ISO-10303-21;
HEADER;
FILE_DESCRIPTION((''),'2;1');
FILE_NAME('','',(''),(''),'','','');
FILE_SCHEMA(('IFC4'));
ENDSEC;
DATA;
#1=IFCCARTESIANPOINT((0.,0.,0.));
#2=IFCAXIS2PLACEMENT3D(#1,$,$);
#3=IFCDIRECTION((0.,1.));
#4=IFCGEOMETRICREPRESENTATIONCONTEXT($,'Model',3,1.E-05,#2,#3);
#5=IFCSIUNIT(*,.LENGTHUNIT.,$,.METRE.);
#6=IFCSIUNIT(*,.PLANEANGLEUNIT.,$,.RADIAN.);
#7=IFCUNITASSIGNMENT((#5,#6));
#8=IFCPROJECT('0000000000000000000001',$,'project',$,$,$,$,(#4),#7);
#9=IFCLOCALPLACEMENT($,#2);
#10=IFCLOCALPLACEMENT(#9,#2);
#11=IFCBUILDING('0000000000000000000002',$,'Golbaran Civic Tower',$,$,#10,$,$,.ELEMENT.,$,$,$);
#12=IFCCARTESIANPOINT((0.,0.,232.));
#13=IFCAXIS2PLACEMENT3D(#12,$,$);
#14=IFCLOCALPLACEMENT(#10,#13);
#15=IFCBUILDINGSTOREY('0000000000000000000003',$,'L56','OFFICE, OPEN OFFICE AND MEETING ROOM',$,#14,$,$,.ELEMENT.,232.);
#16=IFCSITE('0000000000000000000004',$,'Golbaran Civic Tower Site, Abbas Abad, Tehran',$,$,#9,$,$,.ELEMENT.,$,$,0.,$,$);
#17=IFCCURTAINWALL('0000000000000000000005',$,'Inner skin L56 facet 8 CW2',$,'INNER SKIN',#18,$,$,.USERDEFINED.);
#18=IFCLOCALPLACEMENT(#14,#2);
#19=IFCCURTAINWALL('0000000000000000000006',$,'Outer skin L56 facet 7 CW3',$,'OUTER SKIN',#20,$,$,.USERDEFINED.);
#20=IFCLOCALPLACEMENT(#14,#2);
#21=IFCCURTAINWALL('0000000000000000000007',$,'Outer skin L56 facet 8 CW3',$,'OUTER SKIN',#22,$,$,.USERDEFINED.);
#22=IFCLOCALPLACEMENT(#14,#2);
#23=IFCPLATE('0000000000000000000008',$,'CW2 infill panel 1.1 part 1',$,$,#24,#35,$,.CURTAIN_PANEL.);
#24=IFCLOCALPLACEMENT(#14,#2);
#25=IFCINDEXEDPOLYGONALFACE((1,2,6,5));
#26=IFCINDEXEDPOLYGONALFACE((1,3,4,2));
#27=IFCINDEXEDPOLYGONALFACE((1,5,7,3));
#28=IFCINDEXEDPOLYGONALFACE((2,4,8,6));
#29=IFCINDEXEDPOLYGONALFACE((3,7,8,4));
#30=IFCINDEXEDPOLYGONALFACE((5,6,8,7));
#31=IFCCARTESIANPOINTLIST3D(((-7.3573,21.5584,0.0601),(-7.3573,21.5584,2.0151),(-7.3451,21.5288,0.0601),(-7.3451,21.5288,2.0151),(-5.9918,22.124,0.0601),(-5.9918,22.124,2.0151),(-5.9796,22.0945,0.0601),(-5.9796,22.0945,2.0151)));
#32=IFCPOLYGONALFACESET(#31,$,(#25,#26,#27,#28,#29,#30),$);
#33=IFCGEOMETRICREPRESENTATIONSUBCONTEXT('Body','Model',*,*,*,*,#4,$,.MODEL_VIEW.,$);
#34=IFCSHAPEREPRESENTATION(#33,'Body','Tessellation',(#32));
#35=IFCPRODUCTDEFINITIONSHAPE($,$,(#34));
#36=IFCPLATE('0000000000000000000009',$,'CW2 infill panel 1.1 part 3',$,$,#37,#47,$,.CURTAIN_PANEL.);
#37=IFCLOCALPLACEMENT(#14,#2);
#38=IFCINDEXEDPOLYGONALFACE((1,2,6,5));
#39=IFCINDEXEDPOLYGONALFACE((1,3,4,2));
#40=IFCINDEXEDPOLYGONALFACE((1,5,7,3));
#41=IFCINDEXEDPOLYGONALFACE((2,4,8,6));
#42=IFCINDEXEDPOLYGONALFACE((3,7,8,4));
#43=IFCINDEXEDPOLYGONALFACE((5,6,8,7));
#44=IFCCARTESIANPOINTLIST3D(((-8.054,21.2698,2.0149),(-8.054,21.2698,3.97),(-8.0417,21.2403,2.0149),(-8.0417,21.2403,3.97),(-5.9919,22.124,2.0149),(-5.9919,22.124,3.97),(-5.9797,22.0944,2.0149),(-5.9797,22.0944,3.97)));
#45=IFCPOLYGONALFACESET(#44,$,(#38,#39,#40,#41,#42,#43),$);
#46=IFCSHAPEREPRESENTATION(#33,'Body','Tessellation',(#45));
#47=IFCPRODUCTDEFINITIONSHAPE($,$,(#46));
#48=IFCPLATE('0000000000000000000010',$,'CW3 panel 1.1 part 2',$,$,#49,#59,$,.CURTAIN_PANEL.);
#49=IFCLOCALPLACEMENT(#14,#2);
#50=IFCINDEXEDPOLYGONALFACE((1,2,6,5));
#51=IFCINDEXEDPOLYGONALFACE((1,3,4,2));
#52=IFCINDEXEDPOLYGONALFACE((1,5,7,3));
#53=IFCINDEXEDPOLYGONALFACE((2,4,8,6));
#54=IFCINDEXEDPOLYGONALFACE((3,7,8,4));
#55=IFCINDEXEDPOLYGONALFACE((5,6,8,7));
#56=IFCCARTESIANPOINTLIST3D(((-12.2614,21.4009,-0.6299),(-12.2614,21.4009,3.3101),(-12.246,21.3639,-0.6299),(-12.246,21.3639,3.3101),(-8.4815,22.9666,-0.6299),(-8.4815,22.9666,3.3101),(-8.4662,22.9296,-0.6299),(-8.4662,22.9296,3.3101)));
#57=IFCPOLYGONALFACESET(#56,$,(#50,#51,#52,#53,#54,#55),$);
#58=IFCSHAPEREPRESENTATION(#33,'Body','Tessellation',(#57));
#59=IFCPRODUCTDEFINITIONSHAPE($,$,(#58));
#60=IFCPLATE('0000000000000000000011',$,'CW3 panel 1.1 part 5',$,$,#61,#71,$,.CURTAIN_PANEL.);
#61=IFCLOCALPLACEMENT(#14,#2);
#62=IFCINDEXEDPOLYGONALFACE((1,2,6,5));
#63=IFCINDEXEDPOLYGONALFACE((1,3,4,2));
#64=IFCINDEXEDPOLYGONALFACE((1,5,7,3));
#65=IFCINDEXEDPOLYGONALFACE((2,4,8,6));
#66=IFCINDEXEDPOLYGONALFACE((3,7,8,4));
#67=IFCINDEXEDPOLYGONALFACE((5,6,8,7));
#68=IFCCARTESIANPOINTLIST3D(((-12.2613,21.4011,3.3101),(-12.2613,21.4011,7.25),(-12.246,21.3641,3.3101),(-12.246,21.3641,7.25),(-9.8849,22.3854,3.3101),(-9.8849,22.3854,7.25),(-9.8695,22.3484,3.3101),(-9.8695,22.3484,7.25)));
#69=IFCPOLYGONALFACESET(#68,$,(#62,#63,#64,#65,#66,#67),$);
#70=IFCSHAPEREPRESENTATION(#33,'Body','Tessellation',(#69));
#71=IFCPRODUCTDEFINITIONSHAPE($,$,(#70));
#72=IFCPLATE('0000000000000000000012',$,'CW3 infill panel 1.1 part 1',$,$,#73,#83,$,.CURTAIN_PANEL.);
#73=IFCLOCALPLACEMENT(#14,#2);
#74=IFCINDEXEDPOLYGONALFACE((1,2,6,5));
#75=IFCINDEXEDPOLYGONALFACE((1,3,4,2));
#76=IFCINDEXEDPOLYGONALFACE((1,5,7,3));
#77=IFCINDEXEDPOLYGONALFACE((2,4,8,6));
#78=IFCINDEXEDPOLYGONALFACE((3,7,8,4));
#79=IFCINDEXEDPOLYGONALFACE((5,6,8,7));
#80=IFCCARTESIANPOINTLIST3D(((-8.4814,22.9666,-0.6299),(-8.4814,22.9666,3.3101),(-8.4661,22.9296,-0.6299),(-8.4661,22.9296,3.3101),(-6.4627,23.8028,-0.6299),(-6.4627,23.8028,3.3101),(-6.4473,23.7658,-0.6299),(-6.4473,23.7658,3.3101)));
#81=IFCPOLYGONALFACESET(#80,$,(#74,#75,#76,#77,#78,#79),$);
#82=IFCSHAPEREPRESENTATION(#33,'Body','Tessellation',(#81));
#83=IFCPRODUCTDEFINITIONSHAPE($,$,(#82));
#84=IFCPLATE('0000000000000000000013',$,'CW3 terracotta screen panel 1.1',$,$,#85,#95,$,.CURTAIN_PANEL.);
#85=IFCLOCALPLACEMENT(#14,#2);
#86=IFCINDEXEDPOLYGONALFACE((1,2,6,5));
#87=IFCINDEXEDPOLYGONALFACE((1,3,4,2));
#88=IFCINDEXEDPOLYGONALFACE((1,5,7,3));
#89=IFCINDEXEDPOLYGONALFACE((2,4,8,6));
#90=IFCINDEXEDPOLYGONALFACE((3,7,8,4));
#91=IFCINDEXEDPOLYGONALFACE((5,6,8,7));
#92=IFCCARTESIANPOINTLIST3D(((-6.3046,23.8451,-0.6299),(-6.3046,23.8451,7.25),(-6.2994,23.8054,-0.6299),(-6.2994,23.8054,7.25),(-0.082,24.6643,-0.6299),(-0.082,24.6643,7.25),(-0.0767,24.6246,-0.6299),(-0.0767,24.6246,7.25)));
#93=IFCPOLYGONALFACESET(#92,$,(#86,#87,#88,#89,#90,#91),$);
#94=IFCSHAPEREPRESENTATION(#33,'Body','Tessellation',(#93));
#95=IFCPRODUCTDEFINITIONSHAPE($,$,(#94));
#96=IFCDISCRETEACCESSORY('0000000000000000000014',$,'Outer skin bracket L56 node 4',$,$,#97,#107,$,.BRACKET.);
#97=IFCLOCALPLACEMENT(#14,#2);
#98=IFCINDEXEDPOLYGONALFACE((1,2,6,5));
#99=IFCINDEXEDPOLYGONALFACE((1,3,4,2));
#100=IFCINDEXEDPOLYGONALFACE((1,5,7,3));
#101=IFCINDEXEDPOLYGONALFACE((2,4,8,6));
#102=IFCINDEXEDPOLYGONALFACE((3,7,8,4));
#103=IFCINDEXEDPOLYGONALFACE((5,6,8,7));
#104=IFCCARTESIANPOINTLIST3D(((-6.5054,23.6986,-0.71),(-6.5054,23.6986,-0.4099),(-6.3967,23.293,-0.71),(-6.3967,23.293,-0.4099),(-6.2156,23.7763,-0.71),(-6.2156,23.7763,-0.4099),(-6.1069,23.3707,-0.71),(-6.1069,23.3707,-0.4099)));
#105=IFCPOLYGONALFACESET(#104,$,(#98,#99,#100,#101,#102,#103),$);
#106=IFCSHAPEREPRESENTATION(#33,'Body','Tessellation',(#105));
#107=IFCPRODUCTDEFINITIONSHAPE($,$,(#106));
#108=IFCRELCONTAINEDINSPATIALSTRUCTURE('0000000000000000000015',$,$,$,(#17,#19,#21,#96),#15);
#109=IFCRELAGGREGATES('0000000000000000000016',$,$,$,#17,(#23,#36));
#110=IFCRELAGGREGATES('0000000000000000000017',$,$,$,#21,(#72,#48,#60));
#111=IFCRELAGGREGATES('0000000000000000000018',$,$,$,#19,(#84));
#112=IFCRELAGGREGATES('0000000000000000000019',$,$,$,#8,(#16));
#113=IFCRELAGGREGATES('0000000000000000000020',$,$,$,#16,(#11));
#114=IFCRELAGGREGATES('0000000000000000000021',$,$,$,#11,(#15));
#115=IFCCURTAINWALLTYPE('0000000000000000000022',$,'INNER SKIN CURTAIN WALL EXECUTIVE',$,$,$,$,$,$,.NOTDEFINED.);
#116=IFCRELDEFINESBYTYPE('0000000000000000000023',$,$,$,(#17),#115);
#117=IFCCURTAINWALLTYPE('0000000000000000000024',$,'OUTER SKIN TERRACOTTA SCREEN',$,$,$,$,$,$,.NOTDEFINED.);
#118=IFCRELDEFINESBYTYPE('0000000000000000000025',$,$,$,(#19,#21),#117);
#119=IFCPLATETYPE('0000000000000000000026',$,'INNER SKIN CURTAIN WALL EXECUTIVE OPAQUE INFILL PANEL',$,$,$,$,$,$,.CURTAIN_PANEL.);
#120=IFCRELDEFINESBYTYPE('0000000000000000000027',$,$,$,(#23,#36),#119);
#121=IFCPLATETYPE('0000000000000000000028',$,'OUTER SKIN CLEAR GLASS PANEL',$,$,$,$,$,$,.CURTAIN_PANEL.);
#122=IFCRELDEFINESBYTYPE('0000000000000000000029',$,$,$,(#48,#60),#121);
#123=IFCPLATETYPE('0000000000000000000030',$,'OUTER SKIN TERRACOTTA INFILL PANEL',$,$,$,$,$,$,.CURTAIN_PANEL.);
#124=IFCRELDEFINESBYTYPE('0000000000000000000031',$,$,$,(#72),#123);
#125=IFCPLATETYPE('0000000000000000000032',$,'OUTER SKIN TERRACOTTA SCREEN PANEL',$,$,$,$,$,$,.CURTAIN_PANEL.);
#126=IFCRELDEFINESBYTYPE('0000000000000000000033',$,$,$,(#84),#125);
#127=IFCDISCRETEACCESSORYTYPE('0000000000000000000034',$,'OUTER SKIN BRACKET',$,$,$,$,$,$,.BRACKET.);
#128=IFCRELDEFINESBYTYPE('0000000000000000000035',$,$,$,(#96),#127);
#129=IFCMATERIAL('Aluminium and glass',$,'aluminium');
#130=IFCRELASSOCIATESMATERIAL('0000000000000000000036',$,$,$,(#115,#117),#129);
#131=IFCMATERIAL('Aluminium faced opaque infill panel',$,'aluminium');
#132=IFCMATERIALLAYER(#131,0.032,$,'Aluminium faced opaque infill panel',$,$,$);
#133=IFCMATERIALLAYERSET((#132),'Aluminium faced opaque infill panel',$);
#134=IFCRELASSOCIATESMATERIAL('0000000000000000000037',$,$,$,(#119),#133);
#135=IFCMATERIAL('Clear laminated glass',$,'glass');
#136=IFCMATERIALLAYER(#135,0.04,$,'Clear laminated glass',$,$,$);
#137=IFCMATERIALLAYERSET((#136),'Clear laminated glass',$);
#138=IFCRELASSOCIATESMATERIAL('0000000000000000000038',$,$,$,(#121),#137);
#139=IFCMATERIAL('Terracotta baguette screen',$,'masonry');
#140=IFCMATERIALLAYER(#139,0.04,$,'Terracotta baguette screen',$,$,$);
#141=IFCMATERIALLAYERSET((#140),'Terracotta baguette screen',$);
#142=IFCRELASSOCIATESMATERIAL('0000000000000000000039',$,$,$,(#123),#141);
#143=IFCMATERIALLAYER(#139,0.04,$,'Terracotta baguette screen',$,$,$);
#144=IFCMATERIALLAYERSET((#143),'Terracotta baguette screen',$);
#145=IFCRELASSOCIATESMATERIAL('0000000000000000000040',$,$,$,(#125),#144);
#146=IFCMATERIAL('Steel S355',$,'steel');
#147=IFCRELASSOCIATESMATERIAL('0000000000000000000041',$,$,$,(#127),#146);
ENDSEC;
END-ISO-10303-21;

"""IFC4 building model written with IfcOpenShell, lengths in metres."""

from ifc_helpers import new_model, si_unit, direction, frame, origin, origin_2d, place, context, subcontext, project, spatial, rectangle, extrude, material, layer, layer_set, type_object, element, aggregate, save


model = new_model("IFC4")

# Units and contexts
model_context = context("Model", 3, precision=1e-05, world=origin(), true_north=direction((0.0, 1.0)))
body_context = subcontext(model_context, "Body", "Model", "MODEL_VIEW")
ifc_project = project(units=[si_unit("LENGTHUNIT", "METRE"), si_unit("PLANEANGLEUNIT", "RADIAN")], contexts=[model_context])

# Site, building, storey
site_placement = place(None, origin())
site = spatial("IfcSite", under=ifc_project, at=site_placement, Name="Golbaran Civic Tower Site, Abbas Abad, Tehran", CompositionType="ELEMENT", RefElevation=0.0)
building_placement = place(site_placement, origin())
building = spatial("IfcBuilding", under=site, at=building_placement, Name="Golbaran Civic Tower", CompositionType="ELEMENT")
storey_placement = place(building_placement, frame((0.0, 0.0, 232.0)))
storey = spatial("IfcBuildingStorey", under=building, at=storey_placement, Name="L56", Description="OFFICE, OPEN OFFICE AND MEETING ROOM", CompositionType="ELEMENT", Elevation=232.0)

# Shared definitions
ifc_material_1 = material(Name="Steel S355", Category="steel")

# Shared definitions
ifc_material_2 = material(Name="Aluminium and glass", Category="aluminium")
curtain_wall_type_1 = type_object("IfcCurtainWallType", Name="INNER SKIN CURTAIN WALL EXECUTIVE", PredefinedType="NOTDEFINED", material=ifc_material_2)

# Curtain wall
curtain_wall_1_placement = place(storey_placement, origin())
curtain_wall_1 = element("IfcCurtainWall", 1, at=curtain_wall_1_placement, inside=storey, type_object=curtain_wall_type_1, Name="Inner skin L56 facet 8 CW2", ObjectType="INNER SKIN", PredefinedType="USERDEFINED")

# Curtain walls
curtain_wall_type_2 = type_object("IfcCurtainWallType", Name="OUTER SKIN TERRACOTTA SCREEN", PredefinedType="NOTDEFINED", material=ifc_material_2)
curtain_wall_2_placement = place(storey_placement, origin())
curtain_wall_2 = element("IfcCurtainWall", 2, at=curtain_wall_2_placement, inside=storey, type_object=curtain_wall_type_2, Name="Outer skin L56 facet 7 CW3", ObjectType="OUTER SKIN", PredefinedType="USERDEFINED")
curtain_wall_3_placement = place(storey_placement, origin())
curtain_wall_3 = element("IfcCurtainWall", 3, at=curtain_wall_3_placement, inside=storey, type_object=curtain_wall_type_2, Name="Outer skin L56 facet 8 CW3", ObjectType="OUTER SKIN", PredefinedType="USERDEFINED")

# Plates
ifc_material_3 = material(Name="Aluminium faced opaque infill panel", Category="aluminium")
ifc_layer_1 = layer(ifc_material_3, 0.032, Name="Aluminium faced opaque infill panel")
ifc_layer_set_1 = layer_set([ifc_layer_1], Name="Aluminium faced opaque infill panel")
plate_type_1 = type_object("IfcPlateType", Name="INNER SKIN CURTAIN WALL EXECUTIVE OPAQUE INFILL PANEL", PredefinedType="CURTAIN_PANEL", material=ifc_layer_set_1)
plate_1_placement = place(storey_placement, frame((-6.6685, 21.8264, 0.0601), z_axis=(0.0, 0.0, 1.0), x_axis=(-0.92388, -0.382683, 0.0)))
plate_1 = element("IfcPlate", 4, at=plate_1_placement, type_object=plate_type_1, Name="CW2 infill panel 1.1 part 1", PredefinedType="CURTAIN_PANEL", context=body_context, shape_type="SweptSolid", body=[
    extrude(rectangle(XDim=1.478, YDim=0.032, at=origin_2d()), origin(), (0.0, 0.0, 1.0), 1.9551),
])
plate_2_placement = place(storey_placement, frame((-7.0168, 21.6821, 2.0149), z_axis=(0.0, 0.0, 1.0), x_axis=(-0.92388, -0.382683, 0.0)))
plate_2 = element("IfcPlate", 5, at=plate_2_placement, type_object=plate_type_1, Name="CW2 infill panel 1.1 part 3", PredefinedType="CURTAIN_PANEL", context=body_context, shape_type="SweptSolid", body=[
    extrude(rectangle(XDim=2.2319, YDim=0.032, at=origin_2d()), origin(), (0.0, 0.0, 1.0), 1.9551),
])
aggregate(curtain_wall_1, [plate_1, plate_2])
ifc_material_4 = material(Name="Clear laminated glass", Category="glass")
ifc_layer_2 = layer(ifc_material_4, 0.04, Name="Clear laminated glass")
ifc_layer_set_2 = layer_set([ifc_layer_2], Name="Clear laminated glass")
plate_type_2 = type_object("IfcPlateType", Name="OUTER SKIN CLEAR GLASS PANEL", PredefinedType="CURTAIN_PANEL", material=ifc_layer_set_2)
plate_3_placement = place(storey_placement, frame((-10.3638, 22.1653, -0.6299), z_axis=(0.0, 0.0, 1.0), x_axis=(-0.92388, -0.382683, 0.0)))
plate_3 = element("IfcPlate", 6, at=plate_3_placement, type_object=plate_type_2, Name="CW3 panel 1.1 part 2", PredefinedType="CURTAIN_PANEL", context=body_context, shape_type="SweptSolid", body=[
    extrude(rectangle(XDim=4.0913, YDim=0.04, at=origin_2d()), origin(), (0.0, 0.0, 1.0), 3.9399),
])
plate_4_placement = place(storey_placement, frame((-11.0654, 21.8748, 3.3101), z_axis=(0.0, 0.0, 1.0), x_axis=(-0.92388, -0.382683, 0.0)))
plate_4 = element("IfcPlate", 7, at=plate_4_placement, type_object=plate_type_2, Name="CW3 panel 1.1 part 5", PredefinedType="CURTAIN_PANEL", context=body_context, shape_type="SweptSolid", body=[
    extrude(rectangle(XDim=2.5723, YDim=0.04, at=origin_2d()), origin(), (0.0, 0.0, 1.0), 3.9399),
])
ifc_material_5 = material(Name="Terracotta baguette screen", Category="masonry")
ifc_layer_3 = layer(ifc_material_5, 0.04, Name="Terracotta baguette screen")
ifc_layer_set_3 = layer_set([ifc_layer_3], Name="Terracotta baguette screen")
plate_type_3 = type_object("IfcPlateType", Name="OUTER SKIN TERRACOTTA INFILL PANEL", PredefinedType="CURTAIN_PANEL", material=ifc_layer_set_3)
plate_5_placement = place(storey_placement, frame((-7.4644, 23.3662, -0.6299), z_axis=(0.0, 0.0, 1.0), x_axis=(-0.92388, -0.382683, 0.0)))
plate_5 = element("IfcPlate", 8, at=plate_5_placement, type_object=plate_type_3, Name="CW3 infill panel 1.1 part 1", PredefinedType="CURTAIN_PANEL", context=body_context, shape_type="SweptSolid", body=[
    extrude(rectangle(XDim=2.1851, YDim=0.04, at=origin_2d()), origin(), (0.0, 0.0, 1.0), 3.9399),
])
aggregate(curtain_wall_3, [plate_5, plate_3, plate_4])
ifc_layer_4 = layer(ifc_material_5, 0.04, Name="Terracotta baguette screen")
ifc_layer_set_4 = layer_set([ifc_layer_4], Name="Terracotta baguette screen")
plate_type_4 = type_object("IfcPlateType", Name="OUTER SKIN TERRACOTTA SCREEN PANEL", PredefinedType="CURTAIN_PANEL", material=ifc_layer_set_4)
plate_6_placement = place(storey_placement, frame((-3.1907, 24.2349, -0.6299), z_axis=(0.0, 0.0, 1.0), x_axis=(-0.991445, -0.130526, 0.0)))
plate_6 = element("IfcPlate", 9, at=plate_6_placement, type_object=plate_type_4, Name="CW3 terracotta screen panel 1.1", PredefinedType="CURTAIN_PANEL", context=body_context, shape_type="SweptSolid", body=[
    extrude(rectangle(XDim=6.2764, YDim=0.04, at=origin_2d()), origin(), (0.0, 0.0, 1.0), 7.8799),
])
aggregate(curtain_wall_2, [plate_6])

# Discrete accessory
discrete_accessory_type = type_object("IfcDiscreteAccessoryType", Name="OUTER SKIN BRACKET", PredefinedType="BRACKET", material=ifc_material_1)
discrete_accessory_placement = place(storey_placement, frame((-6.3062, 23.5347, -0.71), z_axis=(0.0, 0.0, 1.0), x_axis=(-0.258819, 0.965926, 0.0)))
element("IfcDiscreteAccessory", 10, at=discrete_accessory_placement, inside=storey, type_object=discrete_accessory_type, Name="Outer skin bracket L56 node 4", PredefinedType="BRACKET", context=body_context, shape_type="SweptSolid", body=[
    extrude(rectangle(XDim=0.4199, YDim=0.3, at=origin_2d()), origin(), (0.0, 0.0, 1.0), 0.3),
])

save(model, "model.ifc")
